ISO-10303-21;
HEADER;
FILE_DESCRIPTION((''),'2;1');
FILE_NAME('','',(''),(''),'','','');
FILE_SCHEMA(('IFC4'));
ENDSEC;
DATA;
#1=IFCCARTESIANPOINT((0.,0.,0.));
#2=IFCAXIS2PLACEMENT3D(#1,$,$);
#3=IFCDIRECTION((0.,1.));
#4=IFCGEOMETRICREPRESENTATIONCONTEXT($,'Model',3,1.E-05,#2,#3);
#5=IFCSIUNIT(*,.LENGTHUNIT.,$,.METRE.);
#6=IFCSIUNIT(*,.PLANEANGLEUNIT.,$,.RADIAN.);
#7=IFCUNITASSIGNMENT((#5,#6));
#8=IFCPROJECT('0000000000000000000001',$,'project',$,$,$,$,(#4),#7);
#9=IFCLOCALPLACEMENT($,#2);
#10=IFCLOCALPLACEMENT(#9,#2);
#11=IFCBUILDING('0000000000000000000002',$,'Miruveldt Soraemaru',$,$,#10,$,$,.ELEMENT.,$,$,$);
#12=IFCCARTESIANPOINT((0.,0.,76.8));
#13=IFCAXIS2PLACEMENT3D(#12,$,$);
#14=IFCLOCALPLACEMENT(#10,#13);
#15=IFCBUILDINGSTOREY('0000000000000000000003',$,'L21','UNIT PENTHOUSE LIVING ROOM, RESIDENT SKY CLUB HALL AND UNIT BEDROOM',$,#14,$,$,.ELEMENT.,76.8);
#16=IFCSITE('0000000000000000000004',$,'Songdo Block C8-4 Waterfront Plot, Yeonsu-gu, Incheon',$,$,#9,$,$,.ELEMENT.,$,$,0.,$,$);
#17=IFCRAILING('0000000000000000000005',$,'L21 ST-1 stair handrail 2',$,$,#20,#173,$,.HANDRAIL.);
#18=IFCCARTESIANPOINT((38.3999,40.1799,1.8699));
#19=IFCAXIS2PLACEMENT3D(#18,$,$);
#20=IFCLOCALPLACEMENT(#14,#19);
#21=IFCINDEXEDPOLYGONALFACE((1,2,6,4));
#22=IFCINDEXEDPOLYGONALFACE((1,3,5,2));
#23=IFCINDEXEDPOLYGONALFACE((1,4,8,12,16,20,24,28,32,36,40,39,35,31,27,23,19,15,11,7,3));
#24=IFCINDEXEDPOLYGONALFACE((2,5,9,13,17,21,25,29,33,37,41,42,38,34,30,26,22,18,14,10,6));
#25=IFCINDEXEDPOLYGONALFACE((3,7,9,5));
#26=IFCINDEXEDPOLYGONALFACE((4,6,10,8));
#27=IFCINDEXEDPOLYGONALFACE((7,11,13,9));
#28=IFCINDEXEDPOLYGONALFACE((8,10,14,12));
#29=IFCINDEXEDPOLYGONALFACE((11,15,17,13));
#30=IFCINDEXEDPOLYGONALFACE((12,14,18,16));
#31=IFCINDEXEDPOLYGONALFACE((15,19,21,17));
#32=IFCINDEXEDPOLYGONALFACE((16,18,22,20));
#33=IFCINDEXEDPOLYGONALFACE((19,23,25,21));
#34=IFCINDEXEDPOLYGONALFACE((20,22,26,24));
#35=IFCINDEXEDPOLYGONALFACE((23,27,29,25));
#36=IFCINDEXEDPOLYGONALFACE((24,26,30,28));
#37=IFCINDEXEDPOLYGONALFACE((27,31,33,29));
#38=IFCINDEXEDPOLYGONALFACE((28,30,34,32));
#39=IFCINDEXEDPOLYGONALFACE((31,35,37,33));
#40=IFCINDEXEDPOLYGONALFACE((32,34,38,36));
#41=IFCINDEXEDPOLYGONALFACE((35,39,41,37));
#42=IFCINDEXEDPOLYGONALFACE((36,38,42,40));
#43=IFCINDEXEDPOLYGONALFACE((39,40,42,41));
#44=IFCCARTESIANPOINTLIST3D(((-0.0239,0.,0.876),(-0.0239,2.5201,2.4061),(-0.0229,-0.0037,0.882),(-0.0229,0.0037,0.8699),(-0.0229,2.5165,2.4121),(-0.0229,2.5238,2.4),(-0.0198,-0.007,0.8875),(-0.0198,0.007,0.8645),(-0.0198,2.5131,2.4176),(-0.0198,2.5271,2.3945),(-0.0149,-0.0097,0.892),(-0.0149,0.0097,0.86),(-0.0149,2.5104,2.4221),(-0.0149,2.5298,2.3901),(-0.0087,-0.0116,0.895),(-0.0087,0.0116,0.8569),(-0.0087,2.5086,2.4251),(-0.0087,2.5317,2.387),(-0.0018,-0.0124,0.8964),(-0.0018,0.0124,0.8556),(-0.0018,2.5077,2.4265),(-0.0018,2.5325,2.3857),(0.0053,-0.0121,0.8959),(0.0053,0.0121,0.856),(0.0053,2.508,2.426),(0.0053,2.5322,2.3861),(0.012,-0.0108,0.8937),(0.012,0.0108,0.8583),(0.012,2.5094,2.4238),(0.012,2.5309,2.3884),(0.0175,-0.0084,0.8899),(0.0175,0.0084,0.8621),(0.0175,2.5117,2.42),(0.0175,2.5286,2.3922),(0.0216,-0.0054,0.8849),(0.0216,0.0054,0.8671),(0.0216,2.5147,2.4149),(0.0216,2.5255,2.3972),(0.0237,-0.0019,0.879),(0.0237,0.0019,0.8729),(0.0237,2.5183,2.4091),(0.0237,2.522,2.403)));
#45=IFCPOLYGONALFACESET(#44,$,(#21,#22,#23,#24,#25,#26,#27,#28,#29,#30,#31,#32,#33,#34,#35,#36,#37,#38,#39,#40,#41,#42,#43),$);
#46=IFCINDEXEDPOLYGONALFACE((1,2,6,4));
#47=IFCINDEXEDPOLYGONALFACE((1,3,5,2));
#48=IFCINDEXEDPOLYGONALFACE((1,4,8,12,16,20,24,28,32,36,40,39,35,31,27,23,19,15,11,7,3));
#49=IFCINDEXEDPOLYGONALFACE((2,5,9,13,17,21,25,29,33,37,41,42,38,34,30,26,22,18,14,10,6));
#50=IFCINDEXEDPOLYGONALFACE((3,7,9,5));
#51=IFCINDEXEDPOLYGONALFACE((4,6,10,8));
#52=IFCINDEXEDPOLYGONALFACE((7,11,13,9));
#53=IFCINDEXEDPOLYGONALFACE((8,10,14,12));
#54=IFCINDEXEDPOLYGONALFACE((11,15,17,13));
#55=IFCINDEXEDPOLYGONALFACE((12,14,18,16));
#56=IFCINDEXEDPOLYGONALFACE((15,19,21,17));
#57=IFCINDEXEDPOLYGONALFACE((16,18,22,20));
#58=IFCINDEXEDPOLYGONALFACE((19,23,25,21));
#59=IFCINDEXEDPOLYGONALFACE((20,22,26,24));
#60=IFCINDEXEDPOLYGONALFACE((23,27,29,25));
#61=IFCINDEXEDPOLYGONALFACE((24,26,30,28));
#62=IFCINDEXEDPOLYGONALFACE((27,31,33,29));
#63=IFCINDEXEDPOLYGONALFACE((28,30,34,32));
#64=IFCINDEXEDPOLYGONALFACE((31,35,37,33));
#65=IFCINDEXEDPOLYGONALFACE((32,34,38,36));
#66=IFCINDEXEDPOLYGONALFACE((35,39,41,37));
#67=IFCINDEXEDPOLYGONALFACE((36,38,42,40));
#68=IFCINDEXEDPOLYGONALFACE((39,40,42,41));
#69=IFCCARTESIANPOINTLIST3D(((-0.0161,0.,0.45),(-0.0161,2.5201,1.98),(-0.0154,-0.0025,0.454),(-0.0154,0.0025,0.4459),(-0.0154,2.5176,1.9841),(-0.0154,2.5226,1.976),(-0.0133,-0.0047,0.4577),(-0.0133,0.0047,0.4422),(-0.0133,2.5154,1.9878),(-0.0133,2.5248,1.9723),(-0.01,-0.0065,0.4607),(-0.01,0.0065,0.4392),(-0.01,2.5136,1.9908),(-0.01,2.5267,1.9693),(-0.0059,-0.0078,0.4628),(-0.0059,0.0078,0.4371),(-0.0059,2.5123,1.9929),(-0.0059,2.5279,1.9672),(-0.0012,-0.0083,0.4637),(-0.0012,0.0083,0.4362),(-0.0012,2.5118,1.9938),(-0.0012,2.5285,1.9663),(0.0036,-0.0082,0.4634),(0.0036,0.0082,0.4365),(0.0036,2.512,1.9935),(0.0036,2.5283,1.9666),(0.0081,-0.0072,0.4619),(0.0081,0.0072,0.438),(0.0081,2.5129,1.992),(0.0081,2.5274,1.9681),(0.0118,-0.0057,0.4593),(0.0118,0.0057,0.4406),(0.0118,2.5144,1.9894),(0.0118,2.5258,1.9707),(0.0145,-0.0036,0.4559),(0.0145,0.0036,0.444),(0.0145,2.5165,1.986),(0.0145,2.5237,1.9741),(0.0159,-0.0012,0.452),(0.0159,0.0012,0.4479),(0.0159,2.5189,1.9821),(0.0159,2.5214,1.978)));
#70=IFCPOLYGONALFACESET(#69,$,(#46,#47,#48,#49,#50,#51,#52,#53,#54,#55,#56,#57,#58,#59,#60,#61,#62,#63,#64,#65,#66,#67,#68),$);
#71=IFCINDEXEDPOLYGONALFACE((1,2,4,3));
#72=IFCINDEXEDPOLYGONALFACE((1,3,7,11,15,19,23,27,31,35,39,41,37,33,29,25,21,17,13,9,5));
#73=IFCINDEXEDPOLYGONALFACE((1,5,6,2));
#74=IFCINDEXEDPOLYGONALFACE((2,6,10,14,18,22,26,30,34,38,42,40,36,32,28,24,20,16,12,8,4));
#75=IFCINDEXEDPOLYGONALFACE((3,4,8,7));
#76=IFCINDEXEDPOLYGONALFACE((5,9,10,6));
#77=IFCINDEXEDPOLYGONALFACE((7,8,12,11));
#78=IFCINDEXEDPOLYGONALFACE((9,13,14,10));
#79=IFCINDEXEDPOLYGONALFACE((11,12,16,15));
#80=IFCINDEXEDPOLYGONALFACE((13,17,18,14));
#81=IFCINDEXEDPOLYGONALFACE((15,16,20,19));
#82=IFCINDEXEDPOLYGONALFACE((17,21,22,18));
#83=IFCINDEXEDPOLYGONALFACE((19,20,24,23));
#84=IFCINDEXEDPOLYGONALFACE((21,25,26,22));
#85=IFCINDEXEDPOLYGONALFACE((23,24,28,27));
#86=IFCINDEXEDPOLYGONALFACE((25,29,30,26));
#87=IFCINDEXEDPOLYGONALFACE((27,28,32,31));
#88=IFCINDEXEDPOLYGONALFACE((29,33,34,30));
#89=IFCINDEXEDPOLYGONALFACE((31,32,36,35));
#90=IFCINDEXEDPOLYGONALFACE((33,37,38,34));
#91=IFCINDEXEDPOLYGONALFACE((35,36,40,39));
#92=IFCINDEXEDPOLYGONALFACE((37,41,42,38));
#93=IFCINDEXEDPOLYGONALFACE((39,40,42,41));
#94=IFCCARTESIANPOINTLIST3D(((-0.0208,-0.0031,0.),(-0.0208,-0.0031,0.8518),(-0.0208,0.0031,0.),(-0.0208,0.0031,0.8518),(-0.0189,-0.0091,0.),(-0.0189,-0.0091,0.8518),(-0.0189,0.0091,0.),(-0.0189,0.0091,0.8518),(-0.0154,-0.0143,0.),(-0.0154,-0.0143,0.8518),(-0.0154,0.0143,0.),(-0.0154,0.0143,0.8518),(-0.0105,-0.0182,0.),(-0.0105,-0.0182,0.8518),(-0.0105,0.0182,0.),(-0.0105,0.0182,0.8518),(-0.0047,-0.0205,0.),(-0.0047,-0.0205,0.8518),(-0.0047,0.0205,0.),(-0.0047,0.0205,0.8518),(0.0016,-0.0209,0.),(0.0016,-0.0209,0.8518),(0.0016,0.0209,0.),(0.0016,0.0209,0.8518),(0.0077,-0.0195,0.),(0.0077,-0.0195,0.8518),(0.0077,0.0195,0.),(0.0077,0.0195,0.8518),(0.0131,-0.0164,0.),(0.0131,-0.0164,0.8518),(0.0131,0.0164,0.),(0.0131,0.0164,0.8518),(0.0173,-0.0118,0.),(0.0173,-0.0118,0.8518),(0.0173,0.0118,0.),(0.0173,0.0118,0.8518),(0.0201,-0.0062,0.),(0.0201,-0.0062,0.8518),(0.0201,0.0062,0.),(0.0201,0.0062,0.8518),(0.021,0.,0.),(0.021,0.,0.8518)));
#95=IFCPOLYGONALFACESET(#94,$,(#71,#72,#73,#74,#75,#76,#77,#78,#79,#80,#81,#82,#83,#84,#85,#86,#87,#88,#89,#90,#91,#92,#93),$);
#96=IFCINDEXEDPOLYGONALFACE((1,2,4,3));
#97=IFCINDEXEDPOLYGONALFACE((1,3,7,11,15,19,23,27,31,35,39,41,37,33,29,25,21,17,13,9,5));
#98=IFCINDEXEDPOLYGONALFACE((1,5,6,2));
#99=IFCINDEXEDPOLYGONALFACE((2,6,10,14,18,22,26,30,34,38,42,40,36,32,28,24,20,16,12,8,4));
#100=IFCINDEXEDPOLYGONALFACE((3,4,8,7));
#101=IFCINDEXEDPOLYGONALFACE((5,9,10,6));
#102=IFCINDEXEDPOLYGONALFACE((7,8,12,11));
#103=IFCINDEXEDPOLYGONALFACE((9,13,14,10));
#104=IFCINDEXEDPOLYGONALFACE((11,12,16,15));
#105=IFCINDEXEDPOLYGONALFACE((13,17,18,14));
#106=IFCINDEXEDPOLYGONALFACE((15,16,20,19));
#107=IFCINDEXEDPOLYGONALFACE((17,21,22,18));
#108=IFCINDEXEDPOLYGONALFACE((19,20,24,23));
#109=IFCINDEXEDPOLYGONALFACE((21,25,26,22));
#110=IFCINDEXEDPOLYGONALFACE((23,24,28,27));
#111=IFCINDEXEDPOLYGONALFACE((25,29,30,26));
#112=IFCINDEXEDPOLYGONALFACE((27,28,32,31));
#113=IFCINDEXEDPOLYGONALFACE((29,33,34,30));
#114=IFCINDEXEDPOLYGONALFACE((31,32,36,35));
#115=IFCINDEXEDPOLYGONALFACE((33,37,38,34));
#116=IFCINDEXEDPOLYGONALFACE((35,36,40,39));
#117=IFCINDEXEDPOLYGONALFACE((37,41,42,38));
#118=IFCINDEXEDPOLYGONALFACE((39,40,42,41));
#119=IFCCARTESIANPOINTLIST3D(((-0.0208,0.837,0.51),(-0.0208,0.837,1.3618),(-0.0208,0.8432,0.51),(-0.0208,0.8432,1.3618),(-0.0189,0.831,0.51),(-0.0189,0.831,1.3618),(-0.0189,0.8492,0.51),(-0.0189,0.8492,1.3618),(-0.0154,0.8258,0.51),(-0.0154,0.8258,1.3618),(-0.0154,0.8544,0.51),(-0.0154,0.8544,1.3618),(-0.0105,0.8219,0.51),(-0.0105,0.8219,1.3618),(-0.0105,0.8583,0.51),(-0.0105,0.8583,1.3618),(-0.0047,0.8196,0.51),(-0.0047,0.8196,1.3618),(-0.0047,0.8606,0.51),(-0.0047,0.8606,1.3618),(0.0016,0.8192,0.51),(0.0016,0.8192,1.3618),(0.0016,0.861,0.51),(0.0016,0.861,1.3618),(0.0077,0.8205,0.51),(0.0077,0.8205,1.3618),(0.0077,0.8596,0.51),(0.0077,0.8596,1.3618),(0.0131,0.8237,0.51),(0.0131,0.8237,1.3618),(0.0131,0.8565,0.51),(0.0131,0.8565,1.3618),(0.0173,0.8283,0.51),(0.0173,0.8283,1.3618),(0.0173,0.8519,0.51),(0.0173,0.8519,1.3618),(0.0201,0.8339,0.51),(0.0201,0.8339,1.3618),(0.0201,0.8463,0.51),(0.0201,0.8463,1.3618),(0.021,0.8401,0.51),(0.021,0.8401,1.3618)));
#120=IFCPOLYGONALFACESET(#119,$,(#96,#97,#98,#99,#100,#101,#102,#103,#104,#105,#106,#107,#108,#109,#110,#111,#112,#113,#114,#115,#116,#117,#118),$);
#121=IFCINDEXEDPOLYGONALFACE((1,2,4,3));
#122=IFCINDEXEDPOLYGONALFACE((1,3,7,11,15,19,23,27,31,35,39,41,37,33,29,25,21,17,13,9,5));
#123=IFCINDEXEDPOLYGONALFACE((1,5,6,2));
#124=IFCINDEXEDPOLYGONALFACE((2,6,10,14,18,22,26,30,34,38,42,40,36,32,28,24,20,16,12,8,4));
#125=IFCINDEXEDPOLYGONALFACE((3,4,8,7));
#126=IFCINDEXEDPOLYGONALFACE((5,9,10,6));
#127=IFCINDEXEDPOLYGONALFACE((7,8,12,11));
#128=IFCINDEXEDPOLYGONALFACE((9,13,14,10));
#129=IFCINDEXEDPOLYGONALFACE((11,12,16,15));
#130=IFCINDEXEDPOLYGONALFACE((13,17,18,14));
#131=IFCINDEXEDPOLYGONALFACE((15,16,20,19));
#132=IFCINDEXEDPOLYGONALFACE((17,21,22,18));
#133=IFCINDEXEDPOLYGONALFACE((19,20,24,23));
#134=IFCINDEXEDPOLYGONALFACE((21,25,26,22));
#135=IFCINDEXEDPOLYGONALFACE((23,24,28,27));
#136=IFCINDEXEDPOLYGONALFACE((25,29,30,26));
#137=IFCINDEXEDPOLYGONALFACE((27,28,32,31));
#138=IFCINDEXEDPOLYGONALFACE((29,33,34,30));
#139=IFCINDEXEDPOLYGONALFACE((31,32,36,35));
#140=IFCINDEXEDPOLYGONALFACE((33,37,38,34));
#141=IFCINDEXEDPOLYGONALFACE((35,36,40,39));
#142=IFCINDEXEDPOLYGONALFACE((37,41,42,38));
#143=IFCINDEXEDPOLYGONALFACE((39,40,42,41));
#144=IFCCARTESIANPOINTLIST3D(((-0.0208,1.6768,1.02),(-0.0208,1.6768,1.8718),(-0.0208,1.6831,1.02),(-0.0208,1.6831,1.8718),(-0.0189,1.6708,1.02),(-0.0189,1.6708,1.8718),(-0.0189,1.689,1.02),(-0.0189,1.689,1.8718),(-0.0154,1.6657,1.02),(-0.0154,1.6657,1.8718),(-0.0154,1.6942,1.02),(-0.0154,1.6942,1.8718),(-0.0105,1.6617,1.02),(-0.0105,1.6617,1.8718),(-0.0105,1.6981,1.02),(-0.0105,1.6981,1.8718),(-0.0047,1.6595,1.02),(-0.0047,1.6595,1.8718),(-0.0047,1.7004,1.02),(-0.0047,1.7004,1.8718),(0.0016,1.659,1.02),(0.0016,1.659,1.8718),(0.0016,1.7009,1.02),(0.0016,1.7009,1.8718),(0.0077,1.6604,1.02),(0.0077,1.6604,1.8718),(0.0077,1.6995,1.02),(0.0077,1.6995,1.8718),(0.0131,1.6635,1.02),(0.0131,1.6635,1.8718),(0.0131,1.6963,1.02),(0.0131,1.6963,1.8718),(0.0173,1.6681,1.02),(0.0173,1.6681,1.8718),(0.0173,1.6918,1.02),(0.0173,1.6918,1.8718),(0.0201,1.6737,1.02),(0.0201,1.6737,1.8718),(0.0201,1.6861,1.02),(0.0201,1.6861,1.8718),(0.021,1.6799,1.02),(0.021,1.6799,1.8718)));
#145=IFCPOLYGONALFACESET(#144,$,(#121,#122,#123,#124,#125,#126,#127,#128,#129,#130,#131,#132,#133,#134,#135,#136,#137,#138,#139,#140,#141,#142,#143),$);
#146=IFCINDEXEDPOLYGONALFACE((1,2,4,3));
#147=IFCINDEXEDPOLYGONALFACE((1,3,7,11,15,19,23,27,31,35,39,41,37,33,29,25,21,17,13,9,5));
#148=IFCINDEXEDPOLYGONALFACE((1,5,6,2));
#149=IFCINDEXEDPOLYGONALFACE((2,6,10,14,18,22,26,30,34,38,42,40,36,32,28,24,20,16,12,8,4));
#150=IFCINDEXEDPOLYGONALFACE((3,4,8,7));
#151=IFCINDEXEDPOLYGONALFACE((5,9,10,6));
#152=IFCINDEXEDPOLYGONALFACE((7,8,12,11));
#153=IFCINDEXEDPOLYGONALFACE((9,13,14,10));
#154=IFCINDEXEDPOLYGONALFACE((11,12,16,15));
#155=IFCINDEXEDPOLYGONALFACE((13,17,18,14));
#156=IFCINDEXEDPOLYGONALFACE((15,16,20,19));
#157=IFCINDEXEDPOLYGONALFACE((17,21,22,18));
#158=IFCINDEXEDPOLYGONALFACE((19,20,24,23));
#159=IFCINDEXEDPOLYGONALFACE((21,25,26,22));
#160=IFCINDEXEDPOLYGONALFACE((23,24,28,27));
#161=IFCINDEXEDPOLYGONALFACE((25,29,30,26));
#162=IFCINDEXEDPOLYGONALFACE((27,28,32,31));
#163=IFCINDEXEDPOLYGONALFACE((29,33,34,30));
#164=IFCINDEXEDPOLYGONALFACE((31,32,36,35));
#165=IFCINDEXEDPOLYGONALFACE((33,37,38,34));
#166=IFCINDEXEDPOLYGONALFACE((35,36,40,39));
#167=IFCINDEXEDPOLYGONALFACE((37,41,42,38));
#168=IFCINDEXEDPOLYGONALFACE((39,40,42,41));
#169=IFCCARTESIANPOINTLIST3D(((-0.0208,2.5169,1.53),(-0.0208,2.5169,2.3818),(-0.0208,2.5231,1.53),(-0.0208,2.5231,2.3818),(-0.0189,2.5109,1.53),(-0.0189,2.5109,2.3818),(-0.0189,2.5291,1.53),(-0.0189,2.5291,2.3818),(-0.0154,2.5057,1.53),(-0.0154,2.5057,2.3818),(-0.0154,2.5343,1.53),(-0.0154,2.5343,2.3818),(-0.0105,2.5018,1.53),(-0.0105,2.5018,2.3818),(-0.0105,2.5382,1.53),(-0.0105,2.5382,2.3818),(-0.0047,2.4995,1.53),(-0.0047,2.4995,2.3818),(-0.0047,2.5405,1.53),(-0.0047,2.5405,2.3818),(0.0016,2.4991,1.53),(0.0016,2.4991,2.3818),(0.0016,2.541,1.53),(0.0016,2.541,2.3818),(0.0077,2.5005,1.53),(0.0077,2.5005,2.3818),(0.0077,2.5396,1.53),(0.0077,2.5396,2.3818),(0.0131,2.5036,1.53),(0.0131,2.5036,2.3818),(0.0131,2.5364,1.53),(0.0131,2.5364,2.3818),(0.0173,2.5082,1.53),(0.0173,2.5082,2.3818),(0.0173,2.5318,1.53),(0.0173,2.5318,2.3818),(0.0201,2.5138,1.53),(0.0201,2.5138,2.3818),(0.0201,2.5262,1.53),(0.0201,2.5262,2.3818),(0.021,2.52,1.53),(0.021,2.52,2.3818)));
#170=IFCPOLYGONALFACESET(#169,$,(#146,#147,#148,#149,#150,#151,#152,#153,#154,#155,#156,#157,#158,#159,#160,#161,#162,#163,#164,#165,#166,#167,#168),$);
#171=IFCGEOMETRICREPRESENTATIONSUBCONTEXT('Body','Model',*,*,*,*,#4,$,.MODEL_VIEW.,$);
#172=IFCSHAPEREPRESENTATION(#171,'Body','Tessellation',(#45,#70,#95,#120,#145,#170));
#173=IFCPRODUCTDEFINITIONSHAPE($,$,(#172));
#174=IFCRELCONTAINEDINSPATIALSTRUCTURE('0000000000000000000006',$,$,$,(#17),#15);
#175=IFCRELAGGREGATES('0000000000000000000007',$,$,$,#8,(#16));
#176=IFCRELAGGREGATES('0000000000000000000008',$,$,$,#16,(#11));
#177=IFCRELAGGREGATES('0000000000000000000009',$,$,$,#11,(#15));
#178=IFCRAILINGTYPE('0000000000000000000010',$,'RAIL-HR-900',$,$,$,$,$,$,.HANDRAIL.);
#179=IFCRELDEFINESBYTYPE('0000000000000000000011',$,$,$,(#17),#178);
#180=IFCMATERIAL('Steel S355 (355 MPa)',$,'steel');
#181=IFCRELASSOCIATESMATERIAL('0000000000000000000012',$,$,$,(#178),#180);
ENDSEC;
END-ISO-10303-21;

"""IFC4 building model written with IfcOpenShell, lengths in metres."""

from ifc_helpers import new_model, si_unit, direction, frame, origin, origin_2d, place, context, subcontext, project, spatial, circle, extrude, material, type_object, element, save


model = new_model("IFC4")

# Units and contexts
model_context = context("Model", 3, precision=1e-05, world=origin(), true_north=direction((0.0, 1.0)))
body_context = subcontext(model_context, "Body", "Model", "MODEL_VIEW")
ifc_project = project(units=[si_unit("LENGTHUNIT", "METRE"), si_unit("PLANEANGLEUNIT", "RADIAN")], contexts=[model_context])

# Site, building, storey
site_placement = place(None, origin())
site = spatial("IfcSite", under=ifc_project, at=site_placement, Name="Songdo Block C8-4 Waterfront Plot, Yeonsu-gu, Incheon", CompositionType="ELEMENT", RefElevation=0.0)
building_placement = place(site_placement, origin())
building = spatial("IfcBuilding", under=site, at=building_placement, Name="Miruveldt Soraemaru", CompositionType="ELEMENT")
storey_placement = place(building_placement, frame((0.0, 0.0, 76.8)))
storey = spatial("IfcBuildingStorey", under=building, at=storey_placement, Name="L21", Description="UNIT PENTHOUSE LIVING ROOM, RESIDENT SKY CLUB HALL AND UNIT BEDROOM", CompositionType="ELEMENT", Elevation=76.8)

# Railing
ifc_material_1 = material(Name="Steel S355 (355 MPa)", Category="steel")
railing_type_1 = type_object("IfcRailingType", Name="RAIL-HR-900", PredefinedType="HANDRAIL", material=ifc_material_1)
railing_1_placement = place(storey_placement, frame((38.3999, 40.1799, 1.8699)))
element("IfcRailing", 1, at=railing_1_placement, inside=storey, type_object=railing_type_1, Name="L21 ST-1 stair handrail 2", PredefinedType="HANDRAIL", context=body_context, shape_type="SweptSolid", body=[
    extrude(circle(Radius=0.0239, at=origin_2d()), frame((0.0, 0.0, 0.876), z_axis=(0.0, 0.854785, 0.518982), x_axis=(-1.0, 0.0, 0.0)), (0.0, 0.0, 1.0), 2.9482),
    extrude(circle(Radius=0.0161, at=origin_2d()), frame((0.0, 0.0, 0.45), z_axis=(0.0, 0.854785, 0.518982), x_axis=(-1.0, 0.0, 0.0)), (0.0, 0.0, 1.0), 2.9482),
    extrude(circle(Radius=0.021, at=origin_2d()), origin(), (0.0, 0.0, 1.0), 0.8518),
    extrude(circle(Radius=0.021, at=origin_2d()), frame((0.0, 0.8401, 0.51)), (0.0, 0.0, 1.0), 0.8518),
    extrude(circle(Radius=0.021, at=origin_2d()), frame((0.0, 1.6799, 1.02)), (0.0, 0.0, 1.0), 0.8518),
    extrude(circle(Radius=0.021, at=origin_2d()), frame((0.0, 2.52, 1.53)), (0.0, 0.0, 1.0), 0.8518),
])

save(model, "model.ifc")
